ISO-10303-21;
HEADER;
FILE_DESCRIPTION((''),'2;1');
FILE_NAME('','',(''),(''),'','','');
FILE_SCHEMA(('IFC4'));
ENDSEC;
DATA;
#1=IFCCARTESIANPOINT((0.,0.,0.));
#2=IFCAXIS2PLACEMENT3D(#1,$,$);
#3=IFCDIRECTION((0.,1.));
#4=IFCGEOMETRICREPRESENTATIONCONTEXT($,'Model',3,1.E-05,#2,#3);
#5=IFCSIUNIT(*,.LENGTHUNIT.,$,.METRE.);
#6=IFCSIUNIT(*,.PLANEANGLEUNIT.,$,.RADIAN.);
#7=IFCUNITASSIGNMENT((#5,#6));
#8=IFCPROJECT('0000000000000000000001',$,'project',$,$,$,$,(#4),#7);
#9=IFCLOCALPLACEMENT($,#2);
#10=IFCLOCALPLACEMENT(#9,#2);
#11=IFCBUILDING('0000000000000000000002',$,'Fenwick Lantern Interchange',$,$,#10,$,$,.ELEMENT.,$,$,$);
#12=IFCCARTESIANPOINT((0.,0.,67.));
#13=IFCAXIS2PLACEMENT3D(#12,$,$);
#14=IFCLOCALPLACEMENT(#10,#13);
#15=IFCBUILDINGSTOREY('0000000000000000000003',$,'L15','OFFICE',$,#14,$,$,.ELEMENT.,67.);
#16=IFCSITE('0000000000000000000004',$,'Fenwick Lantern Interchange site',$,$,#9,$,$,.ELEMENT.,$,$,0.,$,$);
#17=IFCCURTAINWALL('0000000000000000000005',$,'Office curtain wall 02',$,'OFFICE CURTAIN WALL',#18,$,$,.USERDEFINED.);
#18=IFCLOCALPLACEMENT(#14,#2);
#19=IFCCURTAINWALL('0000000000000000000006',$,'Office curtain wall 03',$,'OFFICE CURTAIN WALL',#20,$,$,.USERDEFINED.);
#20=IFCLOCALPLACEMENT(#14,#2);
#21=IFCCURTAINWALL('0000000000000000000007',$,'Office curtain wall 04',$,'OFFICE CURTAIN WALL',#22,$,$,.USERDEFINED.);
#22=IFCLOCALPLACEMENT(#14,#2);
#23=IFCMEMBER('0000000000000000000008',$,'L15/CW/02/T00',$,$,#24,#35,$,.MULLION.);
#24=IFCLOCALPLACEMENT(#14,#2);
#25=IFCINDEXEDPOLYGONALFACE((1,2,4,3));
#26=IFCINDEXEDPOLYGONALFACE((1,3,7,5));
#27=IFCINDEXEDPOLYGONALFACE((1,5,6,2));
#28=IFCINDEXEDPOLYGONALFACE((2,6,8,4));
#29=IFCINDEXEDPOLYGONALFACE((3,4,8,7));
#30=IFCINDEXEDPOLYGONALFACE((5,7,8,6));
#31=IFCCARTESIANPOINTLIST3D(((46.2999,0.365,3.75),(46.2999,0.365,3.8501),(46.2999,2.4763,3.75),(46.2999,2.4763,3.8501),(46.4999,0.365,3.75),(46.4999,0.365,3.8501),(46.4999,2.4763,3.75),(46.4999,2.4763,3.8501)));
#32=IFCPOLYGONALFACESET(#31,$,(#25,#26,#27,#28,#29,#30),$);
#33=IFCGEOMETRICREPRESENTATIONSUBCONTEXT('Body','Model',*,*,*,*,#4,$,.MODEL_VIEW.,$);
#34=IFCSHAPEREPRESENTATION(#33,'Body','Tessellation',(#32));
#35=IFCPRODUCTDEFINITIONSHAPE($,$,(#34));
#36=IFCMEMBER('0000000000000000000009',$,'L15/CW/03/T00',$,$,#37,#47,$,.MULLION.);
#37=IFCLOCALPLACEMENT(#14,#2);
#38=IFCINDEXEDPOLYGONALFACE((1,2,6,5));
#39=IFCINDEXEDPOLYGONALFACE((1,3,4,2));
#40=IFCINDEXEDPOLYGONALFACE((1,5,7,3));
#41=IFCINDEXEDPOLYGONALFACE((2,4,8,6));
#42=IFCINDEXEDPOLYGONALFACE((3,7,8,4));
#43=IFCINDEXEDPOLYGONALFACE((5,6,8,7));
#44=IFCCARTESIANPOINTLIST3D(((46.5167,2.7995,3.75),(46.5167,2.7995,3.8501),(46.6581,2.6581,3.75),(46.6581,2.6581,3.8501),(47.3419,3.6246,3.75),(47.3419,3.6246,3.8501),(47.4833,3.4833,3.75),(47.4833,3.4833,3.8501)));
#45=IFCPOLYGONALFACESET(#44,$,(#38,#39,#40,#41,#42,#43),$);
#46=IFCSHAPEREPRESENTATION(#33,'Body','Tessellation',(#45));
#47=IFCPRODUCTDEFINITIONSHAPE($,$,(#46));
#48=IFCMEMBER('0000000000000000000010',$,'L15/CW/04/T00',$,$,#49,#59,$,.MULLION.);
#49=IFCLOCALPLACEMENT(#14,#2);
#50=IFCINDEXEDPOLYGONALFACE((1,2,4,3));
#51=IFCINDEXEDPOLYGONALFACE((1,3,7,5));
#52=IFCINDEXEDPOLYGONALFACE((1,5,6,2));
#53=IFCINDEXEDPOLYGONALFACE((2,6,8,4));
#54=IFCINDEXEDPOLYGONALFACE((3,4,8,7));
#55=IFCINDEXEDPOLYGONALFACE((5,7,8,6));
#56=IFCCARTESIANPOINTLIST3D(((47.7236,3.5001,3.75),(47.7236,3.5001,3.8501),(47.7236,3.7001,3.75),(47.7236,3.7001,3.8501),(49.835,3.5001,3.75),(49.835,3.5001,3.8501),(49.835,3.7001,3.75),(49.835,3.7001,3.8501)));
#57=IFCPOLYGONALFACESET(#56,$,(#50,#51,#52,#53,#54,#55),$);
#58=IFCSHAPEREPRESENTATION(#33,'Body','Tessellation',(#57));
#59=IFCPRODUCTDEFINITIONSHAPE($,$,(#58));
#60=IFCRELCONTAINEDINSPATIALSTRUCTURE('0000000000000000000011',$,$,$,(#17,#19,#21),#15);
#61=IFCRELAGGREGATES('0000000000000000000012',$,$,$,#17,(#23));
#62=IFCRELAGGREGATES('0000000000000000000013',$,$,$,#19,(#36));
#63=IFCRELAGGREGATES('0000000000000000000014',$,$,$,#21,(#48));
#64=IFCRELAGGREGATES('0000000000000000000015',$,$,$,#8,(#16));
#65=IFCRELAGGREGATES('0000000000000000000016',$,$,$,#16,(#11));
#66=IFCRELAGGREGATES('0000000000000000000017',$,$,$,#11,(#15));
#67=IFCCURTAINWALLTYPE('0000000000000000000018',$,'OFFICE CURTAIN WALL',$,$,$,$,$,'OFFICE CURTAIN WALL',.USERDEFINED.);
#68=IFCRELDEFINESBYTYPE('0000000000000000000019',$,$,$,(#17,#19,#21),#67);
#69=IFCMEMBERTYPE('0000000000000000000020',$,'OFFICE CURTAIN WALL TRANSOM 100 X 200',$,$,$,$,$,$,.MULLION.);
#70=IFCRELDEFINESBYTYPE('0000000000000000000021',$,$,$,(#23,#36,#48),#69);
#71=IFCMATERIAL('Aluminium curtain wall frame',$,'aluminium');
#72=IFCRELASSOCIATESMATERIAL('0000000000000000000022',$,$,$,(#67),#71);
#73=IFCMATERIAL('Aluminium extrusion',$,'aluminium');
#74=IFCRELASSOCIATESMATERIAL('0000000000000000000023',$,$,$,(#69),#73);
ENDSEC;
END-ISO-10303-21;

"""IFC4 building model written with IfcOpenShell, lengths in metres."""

from ifc_helpers import new_model, si_unit, direction, frame, origin, origin_2d, place, context, subcontext, project, spatial, rectangle, extrude, material, material_profile, profile_set, type_object, element, aggregate, save


model = new_model("IFC4")

# Units and contexts
model_context = context("Model", 3, precision=1e-05, world=origin(), true_north=direction((0.0, 1.0)))
body_context = subcontext(model_context, "Body", "Model", "MODEL_VIEW")
ifc_project = project(units=[si_unit("LENGTHUNIT", "METRE"), si_unit("PLANEANGLEUNIT", "RADIAN")], contexts=[model_context])

# Site, building, storey
site_placement = place(None, origin())
site = spatial("IfcSite", under=ifc_project, at=site_placement, Name="Fenwick Lantern Interchange site", CompositionType="ELEMENT", RefElevation=0.0)
building_placement = place(site_placement, origin())
building = spatial("IfcBuilding", under=site, at=building_placement, Name="Fenwick Lantern Interchange", CompositionType="ELEMENT")
storey_placement = place(building_placement, frame((0.0, 0.0, 67.0)))
storey = spatial("IfcBuildingStorey", under=building, at=storey_placement, Name="L15", Description="OFFICE", CompositionType="ELEMENT", Elevation=67.0)

# Curtain walls
ifc_material_1 = material(Name="Aluminium curtain wall frame", Category="aluminium")
curtain_wall_type = type_object("IfcCurtainWallType", Name="OFFICE CURTAIN WALL", ElementType="OFFICE CURTAIN WALL", PredefinedType="USERDEFINED", material=ifc_material_1)
ifc_material_2 = material(Name="Aluminium extrusion", Category="aluminium")
curtain_wall_1_placement = place(storey_placement, origin())
curtain_wall_1 = element("IfcCurtainWall", 1, at=curtain_wall_1_placement, inside=storey, type_object=curtain_wall_type, Name="Office curtain wall 02", ObjectType="OFFICE CURTAIN WALL", PredefinedType="USERDEFINED")
curtain_wall_2_placement = place(storey_placement, origin())
curtain_wall_2 = element("IfcCurtainWall", 2, at=curtain_wall_2_placement, inside=storey, type_object=curtain_wall_type, Name="Office curtain wall 03", ObjectType="OFFICE CURTAIN WALL", PredefinedType="USERDEFINED")
curtain_wall_3_placement = place(storey_placement, origin())
curtain_wall_3 = element("IfcCurtainWall", 3, at=curtain_wall_3_placement, inside=storey, type_object=curtain_wall_type, Name="Office curtain wall 04", ObjectType="OFFICE CURTAIN WALL", PredefinedType="USERDEFINED")

# Members
ifc_material_profile_1 = material_profile(ifc_material_2, rectangle(XDim=0.2, YDim=0.1001, at=origin_2d()), Name="OFFICE CURTAIN WALL TRANSOM 100 X 200")
ifc_profile_set_1 = profile_set([ifc_material_profile_1], Name="Aluminium extrusion")
member_type_1 = type_object("IfcMemberType", Name="OFFICE CURTAIN WALL TRANSOM 100 X 200", PredefinedType="MULLION", material=ifc_profile_set_1)
member_1_placement = place(storey_placement, frame((46.3999, 0.365, 3.8), z_axis=(0.0, 1.0, 0.0), x_axis=(-1.0, 0.0, 0.0)))
member_1 = element("IfcMember", 4, at=member_1_placement, type_object=member_type_1, Name="L15/CW/02/T00", PredefinedType="MULLION", context=body_context, shape_type="SweptSolid", body=[
    extrude(rectangle(XDim=0.2, YDim=0.1001, at=origin_2d()), origin(), (0.0, 0.0, 1.0), 2.1113),
])
aggregate(curtain_wall_1, [member_1])
member_2_placement = place(storey_placement, frame((46.5874, 2.7288, 3.8), z_axis=(0.707107, 0.707107, 0.0), x_axis=(-0.707107, 0.707107, 0.0)))
member_2 = element("IfcMember", 5, at=member_2_placement, type_object=member_type_1, Name="L15/CW/03/T00", PredefinedType="MULLION", context=body_context, shape_type="SweptSolid", body=[
    extrude(rectangle(XDim=0.2, YDim=0.1001, at=origin_2d()), origin(), (0.0, 0.0, 1.0), 1.167),
])
aggregate(curtain_wall_2, [member_2])
member_3_placement = place(storey_placement, frame((47.7236, 3.6001, 3.8), z_axis=(1.0, 0.0, 0.0), x_axis=(0.0, 1.0, 0.0)))
member_3 = element("IfcMember", 6, at=member_3_placement, type_object=member_type_1, Name="L15/CW/04/T00", PredefinedType="MULLION", context=body_context, shape_type="SweptSolid", body=[
    extrude(rectangle(XDim=0.2, YDim=0.1001, at=origin_2d()), origin(), (0.0, 0.0, 1.0), 2.1113),
])
aggregate(curtain_wall_3, [member_3])

save(model, "model.ifc")
